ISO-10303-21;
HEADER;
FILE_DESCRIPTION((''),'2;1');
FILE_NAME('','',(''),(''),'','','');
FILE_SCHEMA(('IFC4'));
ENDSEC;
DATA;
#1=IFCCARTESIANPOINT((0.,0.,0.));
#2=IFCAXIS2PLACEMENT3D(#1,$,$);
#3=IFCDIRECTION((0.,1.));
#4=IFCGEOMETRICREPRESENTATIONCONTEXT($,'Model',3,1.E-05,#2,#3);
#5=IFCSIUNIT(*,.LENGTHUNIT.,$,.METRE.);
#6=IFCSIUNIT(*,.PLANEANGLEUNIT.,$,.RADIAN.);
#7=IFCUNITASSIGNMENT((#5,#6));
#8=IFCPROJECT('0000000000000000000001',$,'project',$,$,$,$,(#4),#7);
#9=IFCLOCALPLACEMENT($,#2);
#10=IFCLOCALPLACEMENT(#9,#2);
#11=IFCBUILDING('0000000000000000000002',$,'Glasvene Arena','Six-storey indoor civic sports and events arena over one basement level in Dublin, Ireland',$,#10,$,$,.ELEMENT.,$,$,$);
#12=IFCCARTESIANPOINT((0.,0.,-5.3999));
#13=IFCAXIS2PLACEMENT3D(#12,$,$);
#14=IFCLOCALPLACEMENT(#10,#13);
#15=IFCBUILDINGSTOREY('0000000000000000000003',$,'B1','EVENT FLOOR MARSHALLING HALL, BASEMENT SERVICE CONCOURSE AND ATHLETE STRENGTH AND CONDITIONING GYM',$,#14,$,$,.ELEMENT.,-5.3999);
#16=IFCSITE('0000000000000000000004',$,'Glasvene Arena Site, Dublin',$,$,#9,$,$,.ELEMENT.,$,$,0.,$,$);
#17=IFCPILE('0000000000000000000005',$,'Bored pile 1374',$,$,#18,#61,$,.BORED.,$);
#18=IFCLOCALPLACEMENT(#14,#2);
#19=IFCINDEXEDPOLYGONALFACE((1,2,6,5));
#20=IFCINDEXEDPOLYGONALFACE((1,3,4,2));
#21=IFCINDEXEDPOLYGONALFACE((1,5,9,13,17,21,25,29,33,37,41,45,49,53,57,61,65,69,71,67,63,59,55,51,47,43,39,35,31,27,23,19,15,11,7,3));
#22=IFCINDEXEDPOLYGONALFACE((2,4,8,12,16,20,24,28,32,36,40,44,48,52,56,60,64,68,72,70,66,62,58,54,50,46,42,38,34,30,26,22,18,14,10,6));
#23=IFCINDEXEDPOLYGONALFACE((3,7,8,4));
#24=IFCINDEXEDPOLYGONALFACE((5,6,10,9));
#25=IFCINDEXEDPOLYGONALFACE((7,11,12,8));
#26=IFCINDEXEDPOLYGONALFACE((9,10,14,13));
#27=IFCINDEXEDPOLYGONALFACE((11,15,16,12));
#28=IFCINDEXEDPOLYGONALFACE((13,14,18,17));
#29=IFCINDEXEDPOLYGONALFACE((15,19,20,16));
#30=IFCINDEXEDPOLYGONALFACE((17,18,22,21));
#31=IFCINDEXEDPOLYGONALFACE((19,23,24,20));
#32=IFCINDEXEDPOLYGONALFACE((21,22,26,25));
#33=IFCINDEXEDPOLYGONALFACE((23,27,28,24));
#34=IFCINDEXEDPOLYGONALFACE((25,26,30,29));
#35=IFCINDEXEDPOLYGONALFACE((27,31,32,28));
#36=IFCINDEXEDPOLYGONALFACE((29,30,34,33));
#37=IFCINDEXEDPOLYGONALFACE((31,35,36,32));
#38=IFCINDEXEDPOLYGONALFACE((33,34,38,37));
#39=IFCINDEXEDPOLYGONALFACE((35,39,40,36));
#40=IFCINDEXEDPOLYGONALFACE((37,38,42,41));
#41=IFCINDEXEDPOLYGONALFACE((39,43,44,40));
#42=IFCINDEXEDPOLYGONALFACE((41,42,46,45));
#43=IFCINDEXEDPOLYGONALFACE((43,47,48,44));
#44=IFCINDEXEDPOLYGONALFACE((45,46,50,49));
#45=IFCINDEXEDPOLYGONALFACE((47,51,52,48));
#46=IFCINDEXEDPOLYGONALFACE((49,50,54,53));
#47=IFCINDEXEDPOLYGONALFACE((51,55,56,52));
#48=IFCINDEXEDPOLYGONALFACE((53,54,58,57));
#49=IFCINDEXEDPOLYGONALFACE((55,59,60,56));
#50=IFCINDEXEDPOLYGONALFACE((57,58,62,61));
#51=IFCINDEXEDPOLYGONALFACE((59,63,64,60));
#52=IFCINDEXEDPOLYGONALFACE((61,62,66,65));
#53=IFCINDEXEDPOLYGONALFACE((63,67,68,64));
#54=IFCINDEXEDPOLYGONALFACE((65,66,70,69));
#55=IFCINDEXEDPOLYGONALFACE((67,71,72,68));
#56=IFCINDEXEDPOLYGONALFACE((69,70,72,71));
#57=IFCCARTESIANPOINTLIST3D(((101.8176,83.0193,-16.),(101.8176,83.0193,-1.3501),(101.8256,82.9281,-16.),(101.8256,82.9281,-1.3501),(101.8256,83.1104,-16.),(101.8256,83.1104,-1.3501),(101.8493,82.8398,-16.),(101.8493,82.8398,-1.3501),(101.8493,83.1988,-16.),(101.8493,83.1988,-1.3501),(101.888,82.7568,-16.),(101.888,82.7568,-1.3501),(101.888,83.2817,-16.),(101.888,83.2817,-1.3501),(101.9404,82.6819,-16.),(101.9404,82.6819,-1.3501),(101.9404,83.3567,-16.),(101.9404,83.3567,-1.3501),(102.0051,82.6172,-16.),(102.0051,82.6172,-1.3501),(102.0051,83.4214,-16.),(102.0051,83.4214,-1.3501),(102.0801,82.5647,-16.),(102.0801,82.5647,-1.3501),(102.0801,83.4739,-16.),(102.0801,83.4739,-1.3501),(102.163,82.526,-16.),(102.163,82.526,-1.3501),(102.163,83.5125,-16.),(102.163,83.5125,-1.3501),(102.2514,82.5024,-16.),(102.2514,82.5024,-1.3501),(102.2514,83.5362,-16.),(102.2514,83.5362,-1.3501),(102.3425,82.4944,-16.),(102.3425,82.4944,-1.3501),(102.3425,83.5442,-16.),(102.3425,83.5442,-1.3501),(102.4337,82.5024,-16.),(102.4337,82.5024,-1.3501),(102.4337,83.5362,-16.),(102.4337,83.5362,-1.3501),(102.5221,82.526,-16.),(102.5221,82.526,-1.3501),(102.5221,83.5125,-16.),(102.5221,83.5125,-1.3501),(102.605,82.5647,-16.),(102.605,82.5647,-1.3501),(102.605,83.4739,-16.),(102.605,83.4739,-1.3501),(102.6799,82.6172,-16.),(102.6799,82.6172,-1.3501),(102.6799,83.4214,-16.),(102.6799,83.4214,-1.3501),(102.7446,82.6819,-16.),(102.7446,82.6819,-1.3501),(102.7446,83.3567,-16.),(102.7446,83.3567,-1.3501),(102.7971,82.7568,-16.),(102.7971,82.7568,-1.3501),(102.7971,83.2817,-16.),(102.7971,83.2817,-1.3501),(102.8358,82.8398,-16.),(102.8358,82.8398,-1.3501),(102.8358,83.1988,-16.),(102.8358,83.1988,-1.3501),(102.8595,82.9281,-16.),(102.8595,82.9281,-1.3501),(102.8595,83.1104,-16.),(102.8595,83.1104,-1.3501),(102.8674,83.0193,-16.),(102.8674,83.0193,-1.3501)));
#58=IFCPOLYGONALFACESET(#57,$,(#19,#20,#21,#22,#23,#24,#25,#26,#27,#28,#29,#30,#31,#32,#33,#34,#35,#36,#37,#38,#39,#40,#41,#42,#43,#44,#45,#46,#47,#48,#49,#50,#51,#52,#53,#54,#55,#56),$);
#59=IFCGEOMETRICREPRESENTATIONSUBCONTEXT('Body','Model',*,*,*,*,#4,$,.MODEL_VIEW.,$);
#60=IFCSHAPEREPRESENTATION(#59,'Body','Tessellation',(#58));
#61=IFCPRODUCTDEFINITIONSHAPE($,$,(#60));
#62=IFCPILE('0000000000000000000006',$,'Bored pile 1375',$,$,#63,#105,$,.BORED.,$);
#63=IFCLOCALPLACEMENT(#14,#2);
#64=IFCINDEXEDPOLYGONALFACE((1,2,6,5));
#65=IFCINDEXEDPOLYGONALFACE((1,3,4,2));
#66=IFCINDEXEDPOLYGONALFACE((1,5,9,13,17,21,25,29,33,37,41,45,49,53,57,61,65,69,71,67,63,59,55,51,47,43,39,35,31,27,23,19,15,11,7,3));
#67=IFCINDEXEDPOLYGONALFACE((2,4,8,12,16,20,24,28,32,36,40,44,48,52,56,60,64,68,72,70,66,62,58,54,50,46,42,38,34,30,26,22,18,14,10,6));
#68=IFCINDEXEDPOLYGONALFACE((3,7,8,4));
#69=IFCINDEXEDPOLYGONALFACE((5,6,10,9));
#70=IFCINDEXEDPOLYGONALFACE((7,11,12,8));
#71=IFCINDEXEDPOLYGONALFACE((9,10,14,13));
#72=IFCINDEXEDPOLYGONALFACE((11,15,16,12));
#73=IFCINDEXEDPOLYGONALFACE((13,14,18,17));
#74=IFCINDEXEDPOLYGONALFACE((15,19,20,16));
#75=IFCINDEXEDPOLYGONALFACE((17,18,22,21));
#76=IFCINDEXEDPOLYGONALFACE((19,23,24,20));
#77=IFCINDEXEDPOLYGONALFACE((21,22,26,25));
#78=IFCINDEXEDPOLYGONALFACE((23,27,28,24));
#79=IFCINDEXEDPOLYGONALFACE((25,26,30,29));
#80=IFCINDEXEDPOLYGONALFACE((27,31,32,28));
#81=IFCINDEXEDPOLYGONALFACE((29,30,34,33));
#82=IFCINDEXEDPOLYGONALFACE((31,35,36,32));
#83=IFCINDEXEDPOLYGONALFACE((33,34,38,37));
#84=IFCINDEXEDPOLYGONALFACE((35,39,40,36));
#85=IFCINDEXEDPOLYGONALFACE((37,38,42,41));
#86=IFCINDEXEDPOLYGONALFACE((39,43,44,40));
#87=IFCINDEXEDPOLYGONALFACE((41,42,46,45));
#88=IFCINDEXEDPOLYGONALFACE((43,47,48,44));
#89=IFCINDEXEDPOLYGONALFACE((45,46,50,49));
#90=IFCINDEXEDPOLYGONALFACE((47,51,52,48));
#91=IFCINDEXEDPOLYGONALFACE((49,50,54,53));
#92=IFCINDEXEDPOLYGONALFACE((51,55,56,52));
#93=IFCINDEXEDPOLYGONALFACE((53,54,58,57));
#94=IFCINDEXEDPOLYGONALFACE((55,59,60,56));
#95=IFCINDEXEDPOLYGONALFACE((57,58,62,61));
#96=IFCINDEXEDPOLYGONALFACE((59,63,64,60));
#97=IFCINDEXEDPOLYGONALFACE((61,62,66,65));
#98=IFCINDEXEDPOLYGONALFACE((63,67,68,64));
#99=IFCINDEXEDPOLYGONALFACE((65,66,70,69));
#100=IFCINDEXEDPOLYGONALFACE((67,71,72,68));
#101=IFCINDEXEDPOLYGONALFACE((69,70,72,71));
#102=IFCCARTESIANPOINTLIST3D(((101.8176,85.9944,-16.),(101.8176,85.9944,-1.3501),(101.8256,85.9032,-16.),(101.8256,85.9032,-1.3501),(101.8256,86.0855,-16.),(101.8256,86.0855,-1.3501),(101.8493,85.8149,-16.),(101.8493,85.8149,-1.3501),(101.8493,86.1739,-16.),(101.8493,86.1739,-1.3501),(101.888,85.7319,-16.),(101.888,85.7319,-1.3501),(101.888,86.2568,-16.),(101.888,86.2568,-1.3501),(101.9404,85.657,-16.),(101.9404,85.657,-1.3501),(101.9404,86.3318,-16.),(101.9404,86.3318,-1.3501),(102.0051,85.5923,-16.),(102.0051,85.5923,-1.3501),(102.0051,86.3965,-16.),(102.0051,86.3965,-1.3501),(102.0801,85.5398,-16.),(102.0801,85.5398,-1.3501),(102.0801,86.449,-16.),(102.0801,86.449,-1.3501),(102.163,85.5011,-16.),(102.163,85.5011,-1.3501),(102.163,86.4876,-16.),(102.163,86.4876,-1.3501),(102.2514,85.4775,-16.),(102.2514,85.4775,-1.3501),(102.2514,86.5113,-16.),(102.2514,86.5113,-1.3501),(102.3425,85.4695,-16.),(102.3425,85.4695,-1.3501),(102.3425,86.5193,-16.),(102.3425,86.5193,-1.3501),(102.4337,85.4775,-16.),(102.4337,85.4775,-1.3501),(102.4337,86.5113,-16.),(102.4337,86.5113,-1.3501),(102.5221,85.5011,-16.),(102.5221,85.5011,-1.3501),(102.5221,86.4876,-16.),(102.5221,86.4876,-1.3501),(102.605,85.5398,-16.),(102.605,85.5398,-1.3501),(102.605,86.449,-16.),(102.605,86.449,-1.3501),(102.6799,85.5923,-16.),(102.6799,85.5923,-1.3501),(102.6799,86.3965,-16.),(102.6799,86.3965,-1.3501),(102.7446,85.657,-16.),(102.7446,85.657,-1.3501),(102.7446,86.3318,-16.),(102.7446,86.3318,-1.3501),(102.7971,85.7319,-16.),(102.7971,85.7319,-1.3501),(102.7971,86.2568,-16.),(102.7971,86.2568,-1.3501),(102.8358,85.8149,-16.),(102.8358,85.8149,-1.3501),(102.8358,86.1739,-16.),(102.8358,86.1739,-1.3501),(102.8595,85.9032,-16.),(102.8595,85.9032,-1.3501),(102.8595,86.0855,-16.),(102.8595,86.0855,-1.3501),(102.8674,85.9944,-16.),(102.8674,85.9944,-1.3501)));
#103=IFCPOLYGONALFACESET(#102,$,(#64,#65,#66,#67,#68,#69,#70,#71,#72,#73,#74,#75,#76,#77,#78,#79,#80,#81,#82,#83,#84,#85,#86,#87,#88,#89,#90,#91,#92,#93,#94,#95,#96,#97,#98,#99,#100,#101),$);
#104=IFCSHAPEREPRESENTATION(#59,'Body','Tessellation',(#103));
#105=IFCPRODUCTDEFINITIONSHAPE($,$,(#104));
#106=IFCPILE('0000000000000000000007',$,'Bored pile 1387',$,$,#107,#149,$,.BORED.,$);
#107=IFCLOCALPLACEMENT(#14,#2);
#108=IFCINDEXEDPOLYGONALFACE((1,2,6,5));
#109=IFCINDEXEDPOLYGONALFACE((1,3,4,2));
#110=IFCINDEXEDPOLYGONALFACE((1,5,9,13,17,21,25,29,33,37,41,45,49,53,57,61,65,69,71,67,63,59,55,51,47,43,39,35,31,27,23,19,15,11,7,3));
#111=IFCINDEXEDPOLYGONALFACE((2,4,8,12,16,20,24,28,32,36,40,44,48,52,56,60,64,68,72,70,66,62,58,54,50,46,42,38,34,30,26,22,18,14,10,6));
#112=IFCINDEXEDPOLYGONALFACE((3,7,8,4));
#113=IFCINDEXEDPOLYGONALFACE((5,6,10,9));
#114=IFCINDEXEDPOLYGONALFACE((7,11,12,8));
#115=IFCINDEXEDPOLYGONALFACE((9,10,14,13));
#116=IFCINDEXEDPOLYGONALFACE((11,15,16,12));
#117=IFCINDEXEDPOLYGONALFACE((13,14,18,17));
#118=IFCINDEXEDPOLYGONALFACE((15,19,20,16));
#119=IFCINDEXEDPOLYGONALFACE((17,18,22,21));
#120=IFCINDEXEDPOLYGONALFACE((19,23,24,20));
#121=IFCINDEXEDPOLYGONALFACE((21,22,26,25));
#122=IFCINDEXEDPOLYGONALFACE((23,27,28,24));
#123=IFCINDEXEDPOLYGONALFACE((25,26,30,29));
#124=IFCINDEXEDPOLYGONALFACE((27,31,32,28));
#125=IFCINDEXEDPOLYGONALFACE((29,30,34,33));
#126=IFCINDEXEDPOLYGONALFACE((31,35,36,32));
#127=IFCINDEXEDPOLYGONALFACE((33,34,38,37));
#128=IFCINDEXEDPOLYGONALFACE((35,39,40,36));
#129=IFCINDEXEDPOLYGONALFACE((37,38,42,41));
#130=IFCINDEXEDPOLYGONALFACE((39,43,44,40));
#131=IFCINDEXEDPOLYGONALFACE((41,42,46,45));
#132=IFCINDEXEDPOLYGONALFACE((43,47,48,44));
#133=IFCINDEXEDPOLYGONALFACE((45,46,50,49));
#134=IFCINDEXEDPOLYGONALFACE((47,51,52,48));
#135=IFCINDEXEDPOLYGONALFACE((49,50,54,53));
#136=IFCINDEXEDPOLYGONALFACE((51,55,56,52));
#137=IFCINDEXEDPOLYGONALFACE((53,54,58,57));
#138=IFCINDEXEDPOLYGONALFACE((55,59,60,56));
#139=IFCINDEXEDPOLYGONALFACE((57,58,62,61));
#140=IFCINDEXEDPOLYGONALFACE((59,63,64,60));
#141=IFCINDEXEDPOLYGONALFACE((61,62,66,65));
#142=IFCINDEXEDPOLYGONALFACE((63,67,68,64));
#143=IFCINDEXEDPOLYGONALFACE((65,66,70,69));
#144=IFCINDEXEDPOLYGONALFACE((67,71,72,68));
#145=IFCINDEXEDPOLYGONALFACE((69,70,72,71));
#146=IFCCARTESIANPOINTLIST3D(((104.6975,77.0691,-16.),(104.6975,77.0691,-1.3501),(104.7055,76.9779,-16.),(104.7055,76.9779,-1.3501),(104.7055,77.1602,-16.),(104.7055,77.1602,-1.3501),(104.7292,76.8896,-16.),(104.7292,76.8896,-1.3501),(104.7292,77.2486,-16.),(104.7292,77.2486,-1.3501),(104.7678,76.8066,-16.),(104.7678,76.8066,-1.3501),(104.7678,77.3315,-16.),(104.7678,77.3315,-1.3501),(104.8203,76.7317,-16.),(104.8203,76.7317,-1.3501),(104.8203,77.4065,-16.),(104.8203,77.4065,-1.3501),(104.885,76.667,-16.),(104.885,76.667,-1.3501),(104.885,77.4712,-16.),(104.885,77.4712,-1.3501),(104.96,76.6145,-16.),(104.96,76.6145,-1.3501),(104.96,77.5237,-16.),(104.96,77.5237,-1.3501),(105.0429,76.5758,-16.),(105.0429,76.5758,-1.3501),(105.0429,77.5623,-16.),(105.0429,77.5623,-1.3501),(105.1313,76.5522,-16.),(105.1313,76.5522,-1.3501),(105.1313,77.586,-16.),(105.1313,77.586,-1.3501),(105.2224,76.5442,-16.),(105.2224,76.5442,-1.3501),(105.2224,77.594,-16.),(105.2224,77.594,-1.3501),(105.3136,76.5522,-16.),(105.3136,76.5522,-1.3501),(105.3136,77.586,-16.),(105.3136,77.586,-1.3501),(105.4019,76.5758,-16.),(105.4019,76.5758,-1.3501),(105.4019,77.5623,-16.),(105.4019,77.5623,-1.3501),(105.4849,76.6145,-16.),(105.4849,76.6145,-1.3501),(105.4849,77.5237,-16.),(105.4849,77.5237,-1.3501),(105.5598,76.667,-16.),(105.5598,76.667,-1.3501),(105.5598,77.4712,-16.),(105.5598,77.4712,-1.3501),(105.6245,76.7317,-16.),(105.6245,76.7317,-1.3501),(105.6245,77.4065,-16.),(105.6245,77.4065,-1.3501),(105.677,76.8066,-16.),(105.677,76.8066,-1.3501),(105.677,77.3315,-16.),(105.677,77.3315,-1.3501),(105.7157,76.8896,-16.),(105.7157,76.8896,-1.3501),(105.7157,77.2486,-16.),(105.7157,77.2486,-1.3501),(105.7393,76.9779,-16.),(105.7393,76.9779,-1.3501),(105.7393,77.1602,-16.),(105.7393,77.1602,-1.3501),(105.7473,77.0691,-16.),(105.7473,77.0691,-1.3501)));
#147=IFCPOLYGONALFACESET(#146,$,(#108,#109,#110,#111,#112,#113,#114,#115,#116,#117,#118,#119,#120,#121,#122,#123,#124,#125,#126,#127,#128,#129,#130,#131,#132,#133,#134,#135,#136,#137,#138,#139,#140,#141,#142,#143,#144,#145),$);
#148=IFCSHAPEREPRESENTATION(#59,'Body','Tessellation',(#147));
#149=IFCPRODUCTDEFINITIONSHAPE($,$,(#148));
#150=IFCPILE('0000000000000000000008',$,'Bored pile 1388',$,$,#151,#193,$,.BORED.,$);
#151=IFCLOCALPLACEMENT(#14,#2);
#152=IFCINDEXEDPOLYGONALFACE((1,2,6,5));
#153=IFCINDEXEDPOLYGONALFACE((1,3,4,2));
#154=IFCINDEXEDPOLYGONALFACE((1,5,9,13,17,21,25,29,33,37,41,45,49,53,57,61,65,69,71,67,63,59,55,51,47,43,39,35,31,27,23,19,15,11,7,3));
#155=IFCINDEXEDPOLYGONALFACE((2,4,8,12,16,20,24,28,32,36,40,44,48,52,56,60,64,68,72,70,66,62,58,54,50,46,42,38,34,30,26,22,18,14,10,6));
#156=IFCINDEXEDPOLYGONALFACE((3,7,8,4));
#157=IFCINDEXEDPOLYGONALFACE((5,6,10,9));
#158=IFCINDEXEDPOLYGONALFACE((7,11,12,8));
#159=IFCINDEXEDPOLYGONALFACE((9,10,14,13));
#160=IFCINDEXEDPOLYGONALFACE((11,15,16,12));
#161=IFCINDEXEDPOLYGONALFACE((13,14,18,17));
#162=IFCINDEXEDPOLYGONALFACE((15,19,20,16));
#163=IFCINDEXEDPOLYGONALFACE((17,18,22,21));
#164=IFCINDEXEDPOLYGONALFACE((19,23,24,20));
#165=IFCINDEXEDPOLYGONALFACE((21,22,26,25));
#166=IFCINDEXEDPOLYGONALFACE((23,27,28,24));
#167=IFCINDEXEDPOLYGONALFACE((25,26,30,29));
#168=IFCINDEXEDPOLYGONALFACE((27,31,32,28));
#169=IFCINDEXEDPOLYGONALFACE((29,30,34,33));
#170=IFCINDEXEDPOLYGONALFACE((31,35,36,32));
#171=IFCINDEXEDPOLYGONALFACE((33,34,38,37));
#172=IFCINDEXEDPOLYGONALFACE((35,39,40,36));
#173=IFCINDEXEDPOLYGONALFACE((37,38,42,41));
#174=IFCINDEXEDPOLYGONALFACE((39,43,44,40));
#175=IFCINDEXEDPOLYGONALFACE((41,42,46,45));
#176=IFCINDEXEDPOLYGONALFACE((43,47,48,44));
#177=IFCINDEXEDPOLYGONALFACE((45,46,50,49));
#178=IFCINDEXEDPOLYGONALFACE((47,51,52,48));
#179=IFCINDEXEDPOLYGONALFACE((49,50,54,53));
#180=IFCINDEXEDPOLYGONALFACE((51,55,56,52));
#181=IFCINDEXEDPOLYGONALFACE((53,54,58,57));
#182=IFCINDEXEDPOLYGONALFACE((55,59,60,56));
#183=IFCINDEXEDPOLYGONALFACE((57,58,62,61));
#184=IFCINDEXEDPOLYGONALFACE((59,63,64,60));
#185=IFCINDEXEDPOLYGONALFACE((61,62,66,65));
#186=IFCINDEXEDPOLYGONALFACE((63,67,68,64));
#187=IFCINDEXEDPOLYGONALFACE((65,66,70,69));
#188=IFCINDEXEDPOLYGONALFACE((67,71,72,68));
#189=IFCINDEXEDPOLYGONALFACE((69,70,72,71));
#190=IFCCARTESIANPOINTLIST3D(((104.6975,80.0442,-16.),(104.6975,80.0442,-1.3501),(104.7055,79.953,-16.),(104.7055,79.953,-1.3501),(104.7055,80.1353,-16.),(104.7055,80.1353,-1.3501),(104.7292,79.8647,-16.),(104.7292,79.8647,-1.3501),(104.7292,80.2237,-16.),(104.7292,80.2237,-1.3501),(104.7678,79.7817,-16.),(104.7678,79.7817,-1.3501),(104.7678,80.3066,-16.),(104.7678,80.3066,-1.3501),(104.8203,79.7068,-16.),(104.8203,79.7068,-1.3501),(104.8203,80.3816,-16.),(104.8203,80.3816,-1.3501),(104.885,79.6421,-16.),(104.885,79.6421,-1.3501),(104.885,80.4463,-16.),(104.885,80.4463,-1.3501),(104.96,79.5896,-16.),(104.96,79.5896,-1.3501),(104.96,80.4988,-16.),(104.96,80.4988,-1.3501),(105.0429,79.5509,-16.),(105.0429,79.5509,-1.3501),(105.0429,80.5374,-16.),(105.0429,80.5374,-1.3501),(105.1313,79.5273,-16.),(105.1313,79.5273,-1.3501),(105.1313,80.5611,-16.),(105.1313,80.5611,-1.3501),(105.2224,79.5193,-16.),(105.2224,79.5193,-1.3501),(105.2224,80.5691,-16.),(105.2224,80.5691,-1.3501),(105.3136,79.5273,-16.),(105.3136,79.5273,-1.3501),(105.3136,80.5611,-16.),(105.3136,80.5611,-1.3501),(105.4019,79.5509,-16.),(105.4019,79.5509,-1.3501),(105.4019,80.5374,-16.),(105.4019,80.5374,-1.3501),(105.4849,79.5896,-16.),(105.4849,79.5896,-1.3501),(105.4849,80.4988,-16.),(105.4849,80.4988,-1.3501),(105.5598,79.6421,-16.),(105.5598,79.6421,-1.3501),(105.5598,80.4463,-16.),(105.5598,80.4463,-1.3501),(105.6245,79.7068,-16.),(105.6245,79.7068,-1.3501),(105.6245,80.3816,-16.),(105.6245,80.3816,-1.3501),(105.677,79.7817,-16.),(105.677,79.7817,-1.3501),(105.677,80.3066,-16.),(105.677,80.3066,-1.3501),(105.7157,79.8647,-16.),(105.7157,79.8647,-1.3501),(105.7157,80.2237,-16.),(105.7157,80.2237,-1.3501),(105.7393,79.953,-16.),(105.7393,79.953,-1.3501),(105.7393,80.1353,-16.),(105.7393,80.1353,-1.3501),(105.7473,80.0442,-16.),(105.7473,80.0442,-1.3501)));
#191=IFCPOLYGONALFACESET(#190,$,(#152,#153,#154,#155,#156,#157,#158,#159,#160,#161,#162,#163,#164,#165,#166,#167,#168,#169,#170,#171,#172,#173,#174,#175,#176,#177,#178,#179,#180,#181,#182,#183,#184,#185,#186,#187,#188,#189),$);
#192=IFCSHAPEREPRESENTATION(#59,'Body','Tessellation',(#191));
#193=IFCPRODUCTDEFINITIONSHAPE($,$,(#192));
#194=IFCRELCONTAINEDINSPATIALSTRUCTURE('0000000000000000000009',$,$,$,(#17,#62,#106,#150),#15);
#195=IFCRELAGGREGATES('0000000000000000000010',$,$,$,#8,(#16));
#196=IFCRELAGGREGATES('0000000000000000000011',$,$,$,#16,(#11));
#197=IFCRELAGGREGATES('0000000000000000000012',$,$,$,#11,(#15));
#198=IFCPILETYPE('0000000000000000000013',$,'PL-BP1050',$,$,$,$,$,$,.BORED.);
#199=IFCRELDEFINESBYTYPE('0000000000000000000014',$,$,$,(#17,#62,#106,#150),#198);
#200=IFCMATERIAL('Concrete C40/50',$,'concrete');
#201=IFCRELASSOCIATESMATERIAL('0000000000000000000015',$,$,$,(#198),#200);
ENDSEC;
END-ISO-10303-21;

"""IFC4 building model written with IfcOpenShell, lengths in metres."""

from ifc_helpers import new_model, si_unit, direction, frame, origin, origin_2d, place, context, subcontext, project, spatial, circle, extrude, material, material_profile, profile_set, type_object, element, save


model = new_model("IFC4")

# Units and contexts
model_context = context("Model", 3, precision=1e-05, world=origin(), true_north=direction((0.0, 1.0)))
body_context = subcontext(model_context, "Body", "Model", "MODEL_VIEW")
ifc_project = project(units=[si_unit("LENGTHUNIT", "METRE"), si_unit("PLANEANGLEUNIT", "RADIAN")], contexts=[model_context])

# Site, building, storey
site_placement = place(None, origin())
site = spatial("IfcSite", under=ifc_project, at=site_placement, Name="Glasvene Arena Site, Dublin", CompositionType="ELEMENT", RefElevation=0.0)
building_placement = place(site_placement, origin())
building = spatial("IfcBuilding", under=site, at=building_placement, Name="Glasvene Arena", Description="Six-storey indoor civic sports and events arena over one basement level in Dublin, Ireland", CompositionType="ELEMENT")
storey_placement = place(building_placement, frame((0.0, 0.0, -5.3999)))
storey = spatial("IfcBuildingStorey", under=building, at=storey_placement, Name="B1", Description="EVENT FLOOR MARSHALLING HALL, BASEMENT SERVICE CONCOURSE AND ATHLETE STRENGTH AND CONDITIONING GYM", CompositionType="ELEMENT", Elevation=-5.3999)

# Shared definitions
ifc_material = material(Name="Concrete C40/50", Category="concrete")

# Piles
ifc_material_profile = material_profile(ifc_material, circle(Radius=0.5249, at=origin_2d()), Name="BORED PILE 1050")
ifc_profile_set = profile_set([ifc_material_profile], Name="Concrete C40/50")
pile_type = type_object("IfcPileType", Name="PL-BP1050", PredefinedType="BORED", material=ifc_profile_set)
for number, where, z_axis, x_axis, name in (
    (1, (102.3425, 83.0193, -1.3501), (0.0, 0.0, -1.0), (1.0, 0.0, 0.0), "Bored pile 1374"),
    (2, (102.3425, 85.9944, -1.3501), (0.0, 0.0, -1.0), (1.0, 0.0, 0.0), "Bored pile 1375"),
    (3, (105.2224, 77.0691, -1.3501), (0.0, 0.0, -1.0), (1.0, 0.0, 0.0), "Bored pile 1387"),
    (4, (105.2224, 80.0442, -1.3501), (0.0, 0.0, -1.0), (1.0, 0.0, 0.0), "Bored pile 1388"),
):
    element("IfcPile", number, at=place(storey_placement, frame(where, z_axis=z_axis, x_axis=x_axis)), inside=storey, type_object=pile_type, Name=name, PredefinedType="BORED", context=body_context, shape_type="SweptSolid", body=[
        extrude(circle(Radius=0.5249, at=origin_2d()), origin(), (0.0, 0.0, 1.0), 14.6499),
    ])

save(model, "model.ifc")
